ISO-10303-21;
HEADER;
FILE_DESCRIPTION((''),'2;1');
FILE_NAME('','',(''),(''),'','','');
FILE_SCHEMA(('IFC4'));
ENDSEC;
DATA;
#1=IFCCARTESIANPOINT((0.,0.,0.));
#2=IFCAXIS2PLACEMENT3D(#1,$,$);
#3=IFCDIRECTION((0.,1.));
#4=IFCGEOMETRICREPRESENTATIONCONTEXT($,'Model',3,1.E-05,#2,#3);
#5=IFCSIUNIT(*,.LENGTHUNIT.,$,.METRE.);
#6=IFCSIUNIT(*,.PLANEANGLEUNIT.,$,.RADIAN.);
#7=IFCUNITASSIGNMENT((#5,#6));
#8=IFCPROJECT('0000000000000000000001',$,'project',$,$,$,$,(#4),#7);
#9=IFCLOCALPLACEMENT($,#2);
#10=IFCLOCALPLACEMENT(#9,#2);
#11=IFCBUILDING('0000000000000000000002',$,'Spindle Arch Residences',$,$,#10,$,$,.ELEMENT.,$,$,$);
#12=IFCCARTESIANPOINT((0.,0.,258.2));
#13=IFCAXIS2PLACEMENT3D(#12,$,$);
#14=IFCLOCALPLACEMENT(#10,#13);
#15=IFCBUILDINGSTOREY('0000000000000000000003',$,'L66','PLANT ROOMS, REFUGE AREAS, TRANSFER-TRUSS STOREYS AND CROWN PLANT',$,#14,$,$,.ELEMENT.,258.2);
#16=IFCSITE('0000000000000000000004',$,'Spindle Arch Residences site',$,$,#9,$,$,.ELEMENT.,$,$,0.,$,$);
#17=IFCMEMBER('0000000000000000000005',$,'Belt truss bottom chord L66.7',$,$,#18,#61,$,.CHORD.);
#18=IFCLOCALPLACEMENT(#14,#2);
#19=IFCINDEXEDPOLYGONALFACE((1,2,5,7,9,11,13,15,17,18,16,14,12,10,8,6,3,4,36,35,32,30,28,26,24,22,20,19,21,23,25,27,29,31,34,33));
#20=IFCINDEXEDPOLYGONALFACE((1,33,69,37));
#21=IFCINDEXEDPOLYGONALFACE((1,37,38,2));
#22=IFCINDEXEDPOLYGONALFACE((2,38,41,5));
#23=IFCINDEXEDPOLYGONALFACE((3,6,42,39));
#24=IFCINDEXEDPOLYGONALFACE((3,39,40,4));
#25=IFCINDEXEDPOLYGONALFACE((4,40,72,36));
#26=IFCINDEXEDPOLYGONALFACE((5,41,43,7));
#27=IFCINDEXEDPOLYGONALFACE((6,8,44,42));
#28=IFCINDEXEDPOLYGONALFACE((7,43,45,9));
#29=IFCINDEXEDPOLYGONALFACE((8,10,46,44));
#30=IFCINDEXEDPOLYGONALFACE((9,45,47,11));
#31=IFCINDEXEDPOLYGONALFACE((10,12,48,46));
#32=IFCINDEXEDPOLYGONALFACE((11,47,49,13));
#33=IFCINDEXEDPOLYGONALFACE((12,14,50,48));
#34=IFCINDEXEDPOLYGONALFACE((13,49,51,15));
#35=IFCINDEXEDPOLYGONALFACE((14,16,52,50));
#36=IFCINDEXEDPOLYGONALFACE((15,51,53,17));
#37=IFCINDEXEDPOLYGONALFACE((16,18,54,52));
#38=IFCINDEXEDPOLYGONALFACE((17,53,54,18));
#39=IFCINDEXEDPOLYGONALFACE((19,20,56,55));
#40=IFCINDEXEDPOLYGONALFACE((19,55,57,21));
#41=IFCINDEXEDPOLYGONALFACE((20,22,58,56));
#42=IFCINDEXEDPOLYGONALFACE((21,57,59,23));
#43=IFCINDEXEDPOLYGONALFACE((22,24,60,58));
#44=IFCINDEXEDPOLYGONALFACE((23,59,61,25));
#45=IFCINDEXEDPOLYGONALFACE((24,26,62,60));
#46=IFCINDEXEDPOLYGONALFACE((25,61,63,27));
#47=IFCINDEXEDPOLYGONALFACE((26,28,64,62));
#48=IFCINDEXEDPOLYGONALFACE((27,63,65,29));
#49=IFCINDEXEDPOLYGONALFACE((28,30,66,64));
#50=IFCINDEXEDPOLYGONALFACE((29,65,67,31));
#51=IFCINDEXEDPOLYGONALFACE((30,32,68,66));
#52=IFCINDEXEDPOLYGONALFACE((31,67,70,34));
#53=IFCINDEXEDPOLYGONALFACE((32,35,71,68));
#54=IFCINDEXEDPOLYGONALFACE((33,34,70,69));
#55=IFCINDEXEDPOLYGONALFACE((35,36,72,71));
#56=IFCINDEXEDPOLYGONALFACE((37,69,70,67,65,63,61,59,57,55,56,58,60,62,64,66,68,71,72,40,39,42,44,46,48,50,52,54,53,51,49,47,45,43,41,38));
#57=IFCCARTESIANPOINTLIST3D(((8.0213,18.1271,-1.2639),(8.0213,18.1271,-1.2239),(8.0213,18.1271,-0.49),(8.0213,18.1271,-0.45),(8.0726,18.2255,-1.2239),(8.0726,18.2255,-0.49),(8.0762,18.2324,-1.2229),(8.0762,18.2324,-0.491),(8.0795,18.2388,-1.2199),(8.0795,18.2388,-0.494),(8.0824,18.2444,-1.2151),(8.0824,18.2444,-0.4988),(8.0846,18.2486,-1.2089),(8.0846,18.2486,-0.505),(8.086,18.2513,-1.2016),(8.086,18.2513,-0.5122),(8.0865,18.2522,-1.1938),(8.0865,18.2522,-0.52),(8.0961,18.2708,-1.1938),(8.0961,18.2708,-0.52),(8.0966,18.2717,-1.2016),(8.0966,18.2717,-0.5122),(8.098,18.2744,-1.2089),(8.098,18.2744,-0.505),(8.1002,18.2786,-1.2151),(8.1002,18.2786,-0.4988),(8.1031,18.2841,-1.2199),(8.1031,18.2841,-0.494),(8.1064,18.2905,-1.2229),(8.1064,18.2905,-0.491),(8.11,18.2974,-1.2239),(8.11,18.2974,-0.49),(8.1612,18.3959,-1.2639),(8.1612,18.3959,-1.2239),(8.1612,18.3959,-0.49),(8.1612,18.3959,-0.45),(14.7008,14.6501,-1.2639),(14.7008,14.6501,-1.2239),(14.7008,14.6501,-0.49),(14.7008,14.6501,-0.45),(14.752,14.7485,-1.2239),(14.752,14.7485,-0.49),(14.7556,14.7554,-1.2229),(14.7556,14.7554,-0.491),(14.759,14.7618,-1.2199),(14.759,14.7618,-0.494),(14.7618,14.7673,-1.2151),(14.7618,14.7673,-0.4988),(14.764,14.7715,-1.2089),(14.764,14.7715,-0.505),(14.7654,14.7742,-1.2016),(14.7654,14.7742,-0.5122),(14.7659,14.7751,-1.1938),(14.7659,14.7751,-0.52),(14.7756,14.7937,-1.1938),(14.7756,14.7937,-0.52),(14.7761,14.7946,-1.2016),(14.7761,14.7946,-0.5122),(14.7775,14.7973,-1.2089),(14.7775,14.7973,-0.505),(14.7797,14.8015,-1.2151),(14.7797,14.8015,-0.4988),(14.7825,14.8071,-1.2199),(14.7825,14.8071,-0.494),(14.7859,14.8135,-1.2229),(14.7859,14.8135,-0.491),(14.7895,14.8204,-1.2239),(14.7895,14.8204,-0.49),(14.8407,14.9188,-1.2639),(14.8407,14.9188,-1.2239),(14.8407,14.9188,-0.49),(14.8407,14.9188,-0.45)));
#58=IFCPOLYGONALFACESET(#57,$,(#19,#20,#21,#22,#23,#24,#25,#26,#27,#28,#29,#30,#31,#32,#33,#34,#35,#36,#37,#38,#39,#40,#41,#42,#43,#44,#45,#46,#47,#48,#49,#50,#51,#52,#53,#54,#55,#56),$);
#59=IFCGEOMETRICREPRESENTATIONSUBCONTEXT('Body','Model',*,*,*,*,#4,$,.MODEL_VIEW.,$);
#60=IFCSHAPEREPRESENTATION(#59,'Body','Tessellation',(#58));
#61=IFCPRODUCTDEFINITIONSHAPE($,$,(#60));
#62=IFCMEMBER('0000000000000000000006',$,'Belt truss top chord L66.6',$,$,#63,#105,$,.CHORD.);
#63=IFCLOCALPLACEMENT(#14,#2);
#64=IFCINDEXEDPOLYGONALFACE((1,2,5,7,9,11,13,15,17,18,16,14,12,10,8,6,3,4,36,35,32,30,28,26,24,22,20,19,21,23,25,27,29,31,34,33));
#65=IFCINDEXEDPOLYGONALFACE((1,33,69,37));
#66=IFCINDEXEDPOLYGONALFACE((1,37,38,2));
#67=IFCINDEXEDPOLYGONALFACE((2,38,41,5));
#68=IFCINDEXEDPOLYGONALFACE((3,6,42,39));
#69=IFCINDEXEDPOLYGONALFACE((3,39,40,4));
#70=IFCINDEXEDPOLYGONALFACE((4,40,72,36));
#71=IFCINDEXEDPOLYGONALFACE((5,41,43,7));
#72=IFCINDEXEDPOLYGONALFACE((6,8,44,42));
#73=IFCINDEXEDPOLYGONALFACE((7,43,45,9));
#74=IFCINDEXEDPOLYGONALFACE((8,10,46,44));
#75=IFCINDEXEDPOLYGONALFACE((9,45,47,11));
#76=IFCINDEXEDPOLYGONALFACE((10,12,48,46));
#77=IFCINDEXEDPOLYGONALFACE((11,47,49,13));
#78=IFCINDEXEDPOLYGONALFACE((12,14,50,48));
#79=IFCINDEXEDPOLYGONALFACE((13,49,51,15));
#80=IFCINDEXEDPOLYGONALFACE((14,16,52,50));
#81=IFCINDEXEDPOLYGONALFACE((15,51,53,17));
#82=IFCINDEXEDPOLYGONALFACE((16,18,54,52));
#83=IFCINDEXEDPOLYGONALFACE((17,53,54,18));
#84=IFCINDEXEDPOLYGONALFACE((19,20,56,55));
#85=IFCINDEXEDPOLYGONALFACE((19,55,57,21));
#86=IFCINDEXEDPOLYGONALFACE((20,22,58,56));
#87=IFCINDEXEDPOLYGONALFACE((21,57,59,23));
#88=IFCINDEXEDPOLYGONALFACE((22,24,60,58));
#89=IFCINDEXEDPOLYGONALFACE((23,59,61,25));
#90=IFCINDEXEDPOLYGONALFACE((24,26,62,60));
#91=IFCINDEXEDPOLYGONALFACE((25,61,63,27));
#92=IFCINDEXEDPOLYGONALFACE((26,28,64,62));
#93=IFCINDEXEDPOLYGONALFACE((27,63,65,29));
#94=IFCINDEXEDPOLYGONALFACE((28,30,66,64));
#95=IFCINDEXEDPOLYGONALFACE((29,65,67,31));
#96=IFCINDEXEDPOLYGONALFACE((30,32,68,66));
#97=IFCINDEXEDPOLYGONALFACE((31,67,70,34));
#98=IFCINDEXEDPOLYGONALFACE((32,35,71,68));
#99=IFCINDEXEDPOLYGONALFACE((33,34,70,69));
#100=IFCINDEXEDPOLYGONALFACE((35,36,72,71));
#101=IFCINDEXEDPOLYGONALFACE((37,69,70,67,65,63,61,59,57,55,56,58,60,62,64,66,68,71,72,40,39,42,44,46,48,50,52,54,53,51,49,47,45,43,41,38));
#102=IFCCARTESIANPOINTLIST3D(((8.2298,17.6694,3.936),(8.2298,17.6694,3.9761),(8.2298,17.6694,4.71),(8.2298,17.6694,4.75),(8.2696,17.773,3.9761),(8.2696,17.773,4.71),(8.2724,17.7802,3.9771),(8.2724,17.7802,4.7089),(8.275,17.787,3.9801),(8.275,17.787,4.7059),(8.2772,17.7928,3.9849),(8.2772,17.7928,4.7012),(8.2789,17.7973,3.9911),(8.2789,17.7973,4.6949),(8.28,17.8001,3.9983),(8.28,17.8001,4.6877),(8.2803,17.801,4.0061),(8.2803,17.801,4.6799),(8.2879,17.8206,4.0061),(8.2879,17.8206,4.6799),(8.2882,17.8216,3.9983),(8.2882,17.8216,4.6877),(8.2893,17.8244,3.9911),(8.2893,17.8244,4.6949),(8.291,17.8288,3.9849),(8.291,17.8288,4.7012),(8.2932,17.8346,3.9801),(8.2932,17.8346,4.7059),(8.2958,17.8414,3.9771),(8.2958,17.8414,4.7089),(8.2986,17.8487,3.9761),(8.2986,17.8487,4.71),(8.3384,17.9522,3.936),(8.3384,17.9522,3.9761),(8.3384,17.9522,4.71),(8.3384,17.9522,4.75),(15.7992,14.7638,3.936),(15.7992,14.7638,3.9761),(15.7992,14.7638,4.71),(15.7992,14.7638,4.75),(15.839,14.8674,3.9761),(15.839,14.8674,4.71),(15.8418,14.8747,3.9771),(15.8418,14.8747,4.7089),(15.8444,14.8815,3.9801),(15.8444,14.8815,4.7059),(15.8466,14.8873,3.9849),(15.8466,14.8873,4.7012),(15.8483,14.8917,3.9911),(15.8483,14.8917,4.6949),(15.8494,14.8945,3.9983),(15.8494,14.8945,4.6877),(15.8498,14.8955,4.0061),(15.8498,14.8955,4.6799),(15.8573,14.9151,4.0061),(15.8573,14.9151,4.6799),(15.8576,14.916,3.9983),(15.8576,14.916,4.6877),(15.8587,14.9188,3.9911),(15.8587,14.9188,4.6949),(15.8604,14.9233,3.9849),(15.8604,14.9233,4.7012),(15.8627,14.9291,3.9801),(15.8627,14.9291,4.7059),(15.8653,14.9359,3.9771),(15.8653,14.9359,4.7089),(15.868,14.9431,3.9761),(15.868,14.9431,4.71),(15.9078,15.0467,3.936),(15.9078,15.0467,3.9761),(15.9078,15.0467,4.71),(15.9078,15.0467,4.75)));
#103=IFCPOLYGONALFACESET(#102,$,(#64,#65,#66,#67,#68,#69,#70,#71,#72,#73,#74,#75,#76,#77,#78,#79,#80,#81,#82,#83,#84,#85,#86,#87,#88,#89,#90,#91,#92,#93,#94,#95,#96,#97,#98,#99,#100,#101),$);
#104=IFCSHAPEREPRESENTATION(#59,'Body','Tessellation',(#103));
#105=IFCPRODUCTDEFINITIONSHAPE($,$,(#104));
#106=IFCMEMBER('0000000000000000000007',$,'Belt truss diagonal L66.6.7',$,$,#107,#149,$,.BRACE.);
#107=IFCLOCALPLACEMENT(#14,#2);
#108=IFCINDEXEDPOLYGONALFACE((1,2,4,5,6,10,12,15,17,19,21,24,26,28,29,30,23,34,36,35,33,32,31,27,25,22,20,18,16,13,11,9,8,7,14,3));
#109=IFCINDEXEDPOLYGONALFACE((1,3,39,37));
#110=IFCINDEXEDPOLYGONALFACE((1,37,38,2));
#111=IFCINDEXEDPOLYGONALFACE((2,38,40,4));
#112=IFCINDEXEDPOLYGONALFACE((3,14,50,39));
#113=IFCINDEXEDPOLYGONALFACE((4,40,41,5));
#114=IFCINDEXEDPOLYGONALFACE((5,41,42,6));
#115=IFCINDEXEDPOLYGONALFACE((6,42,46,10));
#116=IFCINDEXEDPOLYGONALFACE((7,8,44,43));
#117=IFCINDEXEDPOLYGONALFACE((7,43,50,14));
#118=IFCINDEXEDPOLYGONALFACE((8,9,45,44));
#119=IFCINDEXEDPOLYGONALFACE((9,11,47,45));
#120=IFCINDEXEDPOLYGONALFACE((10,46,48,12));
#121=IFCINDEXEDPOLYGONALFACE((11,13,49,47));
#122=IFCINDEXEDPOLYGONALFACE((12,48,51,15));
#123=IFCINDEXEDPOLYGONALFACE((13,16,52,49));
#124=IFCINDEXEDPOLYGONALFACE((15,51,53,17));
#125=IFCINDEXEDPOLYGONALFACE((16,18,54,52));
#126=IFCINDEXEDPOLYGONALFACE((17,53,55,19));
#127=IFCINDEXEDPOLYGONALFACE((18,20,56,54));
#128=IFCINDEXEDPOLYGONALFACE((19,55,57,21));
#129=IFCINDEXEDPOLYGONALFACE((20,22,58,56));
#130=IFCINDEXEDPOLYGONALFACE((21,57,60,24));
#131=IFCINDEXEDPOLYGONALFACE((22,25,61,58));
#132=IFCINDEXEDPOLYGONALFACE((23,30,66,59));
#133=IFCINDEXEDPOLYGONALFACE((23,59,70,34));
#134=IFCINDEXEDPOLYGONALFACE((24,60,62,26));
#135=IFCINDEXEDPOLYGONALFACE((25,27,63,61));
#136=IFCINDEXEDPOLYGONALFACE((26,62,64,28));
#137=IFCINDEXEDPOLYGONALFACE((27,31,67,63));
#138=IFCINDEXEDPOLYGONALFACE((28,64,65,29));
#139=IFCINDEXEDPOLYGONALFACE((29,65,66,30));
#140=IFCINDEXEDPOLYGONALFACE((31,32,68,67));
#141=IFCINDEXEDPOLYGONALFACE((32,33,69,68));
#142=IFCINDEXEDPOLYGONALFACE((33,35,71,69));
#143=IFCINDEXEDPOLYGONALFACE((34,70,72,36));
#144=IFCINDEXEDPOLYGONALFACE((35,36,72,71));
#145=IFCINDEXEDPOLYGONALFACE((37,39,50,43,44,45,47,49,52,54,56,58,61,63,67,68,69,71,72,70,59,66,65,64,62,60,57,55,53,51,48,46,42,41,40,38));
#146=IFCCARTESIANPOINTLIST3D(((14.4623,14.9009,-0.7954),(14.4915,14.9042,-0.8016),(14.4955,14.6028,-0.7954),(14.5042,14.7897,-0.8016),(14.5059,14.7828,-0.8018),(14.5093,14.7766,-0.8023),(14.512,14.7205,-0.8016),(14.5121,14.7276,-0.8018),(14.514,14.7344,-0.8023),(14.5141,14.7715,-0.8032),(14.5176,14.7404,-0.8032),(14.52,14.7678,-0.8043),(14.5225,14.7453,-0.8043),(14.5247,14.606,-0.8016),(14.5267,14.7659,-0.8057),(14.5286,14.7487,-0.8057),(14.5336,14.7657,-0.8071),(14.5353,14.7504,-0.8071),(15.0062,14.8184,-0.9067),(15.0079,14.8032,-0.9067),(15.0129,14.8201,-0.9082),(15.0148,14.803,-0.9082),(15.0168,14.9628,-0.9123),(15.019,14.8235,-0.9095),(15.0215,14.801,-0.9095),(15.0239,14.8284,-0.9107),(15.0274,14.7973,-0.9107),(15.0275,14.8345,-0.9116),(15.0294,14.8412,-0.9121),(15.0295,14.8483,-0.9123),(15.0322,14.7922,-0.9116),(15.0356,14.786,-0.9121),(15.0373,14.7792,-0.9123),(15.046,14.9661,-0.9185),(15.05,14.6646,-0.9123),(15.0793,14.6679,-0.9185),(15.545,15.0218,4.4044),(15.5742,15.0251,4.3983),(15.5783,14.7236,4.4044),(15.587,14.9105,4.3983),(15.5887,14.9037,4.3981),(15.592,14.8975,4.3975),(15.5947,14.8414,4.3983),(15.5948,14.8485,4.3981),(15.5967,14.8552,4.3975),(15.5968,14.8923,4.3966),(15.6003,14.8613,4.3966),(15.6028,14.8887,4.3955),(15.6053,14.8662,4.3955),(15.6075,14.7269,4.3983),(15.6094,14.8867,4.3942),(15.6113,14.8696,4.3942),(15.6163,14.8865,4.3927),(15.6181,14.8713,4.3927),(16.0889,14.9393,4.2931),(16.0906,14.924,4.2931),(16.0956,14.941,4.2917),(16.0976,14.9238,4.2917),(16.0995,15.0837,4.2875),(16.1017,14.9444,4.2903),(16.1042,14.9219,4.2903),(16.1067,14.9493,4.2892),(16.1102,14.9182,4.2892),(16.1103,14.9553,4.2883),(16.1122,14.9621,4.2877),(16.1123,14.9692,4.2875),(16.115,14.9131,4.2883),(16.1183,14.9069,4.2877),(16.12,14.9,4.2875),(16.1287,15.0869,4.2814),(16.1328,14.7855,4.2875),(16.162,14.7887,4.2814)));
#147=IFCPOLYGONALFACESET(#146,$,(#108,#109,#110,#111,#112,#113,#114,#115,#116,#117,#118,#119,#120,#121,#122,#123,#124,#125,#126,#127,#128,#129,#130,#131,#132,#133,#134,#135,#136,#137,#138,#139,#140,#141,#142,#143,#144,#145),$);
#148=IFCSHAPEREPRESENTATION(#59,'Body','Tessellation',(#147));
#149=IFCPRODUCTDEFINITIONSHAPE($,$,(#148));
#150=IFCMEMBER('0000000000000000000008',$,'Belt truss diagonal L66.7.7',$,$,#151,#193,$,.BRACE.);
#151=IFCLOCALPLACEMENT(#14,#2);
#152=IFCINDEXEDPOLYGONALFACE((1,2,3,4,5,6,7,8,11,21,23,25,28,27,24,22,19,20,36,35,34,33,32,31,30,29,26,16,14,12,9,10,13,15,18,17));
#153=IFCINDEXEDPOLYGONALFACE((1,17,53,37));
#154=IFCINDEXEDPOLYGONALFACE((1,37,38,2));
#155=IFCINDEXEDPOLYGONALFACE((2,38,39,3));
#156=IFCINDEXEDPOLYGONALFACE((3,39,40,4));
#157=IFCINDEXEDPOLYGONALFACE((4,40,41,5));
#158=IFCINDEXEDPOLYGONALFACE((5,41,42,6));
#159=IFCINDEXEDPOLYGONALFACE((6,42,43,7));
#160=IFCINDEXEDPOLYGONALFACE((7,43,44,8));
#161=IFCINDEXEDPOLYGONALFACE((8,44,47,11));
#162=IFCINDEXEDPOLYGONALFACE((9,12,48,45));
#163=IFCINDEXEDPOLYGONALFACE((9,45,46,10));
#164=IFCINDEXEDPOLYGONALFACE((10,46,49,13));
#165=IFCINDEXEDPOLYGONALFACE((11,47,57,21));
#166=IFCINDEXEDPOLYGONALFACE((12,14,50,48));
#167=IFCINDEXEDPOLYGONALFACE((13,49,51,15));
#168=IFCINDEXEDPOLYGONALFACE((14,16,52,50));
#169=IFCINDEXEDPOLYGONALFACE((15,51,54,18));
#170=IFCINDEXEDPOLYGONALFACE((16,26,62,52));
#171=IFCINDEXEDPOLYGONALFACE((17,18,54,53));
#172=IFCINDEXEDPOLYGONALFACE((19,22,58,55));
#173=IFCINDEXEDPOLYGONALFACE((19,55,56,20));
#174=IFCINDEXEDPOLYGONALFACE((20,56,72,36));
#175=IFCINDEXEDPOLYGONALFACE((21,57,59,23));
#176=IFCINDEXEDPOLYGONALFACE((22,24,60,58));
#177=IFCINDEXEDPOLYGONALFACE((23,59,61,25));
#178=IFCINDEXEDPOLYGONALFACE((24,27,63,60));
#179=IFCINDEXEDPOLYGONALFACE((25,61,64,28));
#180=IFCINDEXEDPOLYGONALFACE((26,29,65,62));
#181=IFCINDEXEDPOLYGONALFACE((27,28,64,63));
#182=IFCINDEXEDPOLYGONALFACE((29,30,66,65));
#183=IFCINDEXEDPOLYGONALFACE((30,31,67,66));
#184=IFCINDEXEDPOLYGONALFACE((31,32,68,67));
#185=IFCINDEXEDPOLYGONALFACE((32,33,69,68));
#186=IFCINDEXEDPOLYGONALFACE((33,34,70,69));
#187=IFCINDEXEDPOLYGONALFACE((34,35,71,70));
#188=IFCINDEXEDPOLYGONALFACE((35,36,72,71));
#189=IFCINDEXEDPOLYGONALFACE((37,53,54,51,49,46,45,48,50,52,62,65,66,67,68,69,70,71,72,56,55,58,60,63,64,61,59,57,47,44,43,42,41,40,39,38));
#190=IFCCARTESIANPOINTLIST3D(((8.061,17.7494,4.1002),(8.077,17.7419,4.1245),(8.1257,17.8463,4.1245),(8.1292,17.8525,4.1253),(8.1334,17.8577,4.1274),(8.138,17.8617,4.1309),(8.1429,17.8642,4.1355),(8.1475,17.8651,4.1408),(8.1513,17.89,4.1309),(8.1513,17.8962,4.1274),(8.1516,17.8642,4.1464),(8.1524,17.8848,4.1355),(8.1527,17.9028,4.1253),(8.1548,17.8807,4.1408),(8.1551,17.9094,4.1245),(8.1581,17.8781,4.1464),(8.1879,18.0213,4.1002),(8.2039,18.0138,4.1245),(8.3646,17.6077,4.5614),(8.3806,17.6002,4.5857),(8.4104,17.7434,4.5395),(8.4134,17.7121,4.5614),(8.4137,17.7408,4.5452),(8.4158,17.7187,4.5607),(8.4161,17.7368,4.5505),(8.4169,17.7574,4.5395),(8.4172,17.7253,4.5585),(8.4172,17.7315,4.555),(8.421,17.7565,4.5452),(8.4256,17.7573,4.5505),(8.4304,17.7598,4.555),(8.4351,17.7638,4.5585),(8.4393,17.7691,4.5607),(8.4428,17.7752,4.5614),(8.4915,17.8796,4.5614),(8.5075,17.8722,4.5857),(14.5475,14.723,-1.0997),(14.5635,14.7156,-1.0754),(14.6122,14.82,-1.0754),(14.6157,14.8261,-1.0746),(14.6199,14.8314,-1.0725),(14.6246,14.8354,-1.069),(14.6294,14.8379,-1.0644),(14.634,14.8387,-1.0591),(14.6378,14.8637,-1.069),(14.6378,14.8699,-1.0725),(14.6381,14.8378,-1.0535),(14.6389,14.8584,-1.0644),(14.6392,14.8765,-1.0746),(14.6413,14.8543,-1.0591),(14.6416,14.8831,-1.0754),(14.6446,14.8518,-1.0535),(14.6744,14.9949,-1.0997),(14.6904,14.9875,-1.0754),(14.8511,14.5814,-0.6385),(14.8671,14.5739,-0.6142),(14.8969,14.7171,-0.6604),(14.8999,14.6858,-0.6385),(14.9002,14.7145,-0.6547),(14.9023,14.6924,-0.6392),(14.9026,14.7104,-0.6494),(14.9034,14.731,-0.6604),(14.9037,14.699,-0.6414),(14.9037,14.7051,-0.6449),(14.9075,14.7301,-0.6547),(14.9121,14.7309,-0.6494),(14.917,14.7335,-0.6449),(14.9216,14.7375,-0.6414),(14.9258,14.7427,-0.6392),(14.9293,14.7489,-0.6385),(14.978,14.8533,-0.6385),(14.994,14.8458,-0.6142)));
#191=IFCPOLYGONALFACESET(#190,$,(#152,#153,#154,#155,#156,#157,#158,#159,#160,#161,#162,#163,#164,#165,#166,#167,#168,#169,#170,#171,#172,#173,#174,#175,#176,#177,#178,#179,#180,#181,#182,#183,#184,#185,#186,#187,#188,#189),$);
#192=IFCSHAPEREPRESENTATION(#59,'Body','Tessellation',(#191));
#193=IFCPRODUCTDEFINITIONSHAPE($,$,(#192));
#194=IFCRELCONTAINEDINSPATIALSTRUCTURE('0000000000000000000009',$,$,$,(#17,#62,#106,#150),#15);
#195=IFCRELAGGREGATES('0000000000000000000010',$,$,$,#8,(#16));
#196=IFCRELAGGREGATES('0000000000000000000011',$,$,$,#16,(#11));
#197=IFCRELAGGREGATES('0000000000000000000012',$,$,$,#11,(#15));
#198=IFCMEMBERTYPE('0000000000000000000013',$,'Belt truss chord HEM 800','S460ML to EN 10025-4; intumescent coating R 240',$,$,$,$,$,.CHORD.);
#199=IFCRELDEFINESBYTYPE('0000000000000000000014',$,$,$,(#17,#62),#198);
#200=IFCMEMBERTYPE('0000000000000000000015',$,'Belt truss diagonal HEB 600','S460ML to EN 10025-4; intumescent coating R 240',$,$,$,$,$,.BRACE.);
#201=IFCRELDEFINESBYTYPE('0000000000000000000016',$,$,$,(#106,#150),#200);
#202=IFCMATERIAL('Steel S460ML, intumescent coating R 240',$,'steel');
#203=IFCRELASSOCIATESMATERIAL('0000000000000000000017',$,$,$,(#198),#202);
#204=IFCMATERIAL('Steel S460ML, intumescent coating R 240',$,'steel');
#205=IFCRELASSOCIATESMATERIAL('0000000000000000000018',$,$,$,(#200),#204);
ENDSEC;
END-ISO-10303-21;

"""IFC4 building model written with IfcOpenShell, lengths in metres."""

from ifc_helpers import new_model, si_unit, direction, frame, origin, origin_2d, place, context, subcontext, project, spatial, i_section, extrude, material, material_profile, profile_set, type_object, element, save


model = new_model("IFC4")

# Units and contexts
model_context = context("Model", 3, precision=1e-05, world=origin(), true_north=direction((0.0, 1.0)))
body_context = subcontext(model_context, "Body", "Model", "MODEL_VIEW")
ifc_project = project(units=[si_unit("LENGTHUNIT", "METRE"), si_unit("PLANEANGLEUNIT", "RADIAN")], contexts=[model_context])

# Site, building, storey
site_placement = place(None, origin())
site = spatial("IfcSite", under=ifc_project, at=site_placement, Name="Spindle Arch Residences site", CompositionType="ELEMENT", RefElevation=0.0)
building_placement = place(site_placement, origin())
building = spatial("IfcBuilding", under=site, at=building_placement, Name="Spindle Arch Residences", CompositionType="ELEMENT")
storey_placement = place(building_placement, frame((0.0, 0.0, 258.2)))
storey = spatial("IfcBuildingStorey", under=building, at=storey_placement, Name="L66", Description="PLANT ROOMS, REFUGE AREAS, TRANSFER-TRUSS STOREYS AND CROWN PLANT", CompositionType="ELEMENT", Elevation=258.2)

# Members
ifc_material_1 = material(Name="Steel S460ML, intumescent coating R 240", Category="steel")
ifc_material_profile_1 = material_profile(ifc_material_1, i_section(OverallWidth=0.303, OverallDepth=0.814, WebThickness=0.021, FlangeThickness=0.04, FilletRadius=0.03, at=origin_2d()), Name="HEM 800")
ifc_profile_set_1 = profile_set([ifc_material_profile_1], Name="Steel S460ML, intumescent coating R 240")
member_type_1 = type_object("IfcMemberType", Name="Belt truss chord HEM 800", Description="S460ML to EN 10025-4; intumescent coating R 240", PredefinedType="CHORD", material=ifc_profile_set_1)
member_1_placement = place(storey_placement, frame((14.7708, 14.7844, -0.8569), z_axis=(-0.887013, 0.461744, 0.0), x_axis=(-0.461744, -0.887013, 0.0)))
element("IfcMember", 1, at=member_1_placement, inside=storey, type_object=member_type_1, Name="Belt truss bottom chord L66.7", PredefinedType="CHORD", context=body_context, shape_type="SweptSolid", body=[
    extrude(i_section(OverallWidth=0.303, OverallDepth=0.814, WebThickness=0.021, FlangeThickness=0.04, FilletRadius=0.03, at=origin_2d()), origin(), (0.0, 0.0, 1.0), 7.5303),
])
member_2_placement = place(storey_placement, frame((15.8535, 14.9053, 4.343), z_axis=(-0.933584, 0.35836, 0.0), x_axis=(-0.35836, -0.933584, 0.0)))
element("IfcMember", 2, at=member_2_placement, inside=storey, type_object=member_type_1, Name="Belt truss top chord L66.6", PredefinedType="CHORD", context=body_context, shape_type="SweptSolid", body=[
    extrude(i_section(OverallWidth=0.303, OverallDepth=0.814, WebThickness=0.021, FlangeThickness=0.04, FilletRadius=0.03, at=origin_2d()), origin(), (0.0, 0.0, 1.0), 8.1079),
])
ifc_material_2 = material(Name="Steel S460ML, intumescent coating R 240", Category="steel")
ifc_material_profile_2 = material_profile(ifc_material_2, i_section(OverallWidth=0.3, OverallDepth=0.6001, WebThickness=0.0154, FlangeThickness=0.03, FilletRadius=0.0271, at=origin_2d()), Name="HEB 600")
ifc_profile_set_2 = profile_set([ifc_material_profile_2], Name="Steel S460ML, intumescent coating R 240")
member_type_2 = type_object("IfcMemberType", Name="Belt truss diagonal HEB 600", Description="S460ML to EN 10025-4; intumescent coating R 240", PredefinedType="BRACE", material=ifc_profile_set_2)
member_3_placement = place(storey_placement, frame((14.7708, 14.7844, -0.8569), z_axis=(0.203801, 0.022747, 0.978748), x_axis=(-0.110923, 0.993829, 0.0)))
element("IfcMember", 3, at=member_3_placement, inside=storey, type_object=member_type_2, Name="Belt truss diagonal L66.6.7", PredefinedType="BRACE", context=body_context, shape_type="SweptSolid", body=[
    extrude(i_section(OverallWidth=0.3, OverallDepth=0.6001, WebThickness=0.0154, FlangeThickness=0.03, FilletRadius=0.0271, at=origin_2d()), origin(), (0.0, 0.0, 1.0), 5.3127),
])
member_4_placement = place(storey_placement, frame((14.7708, 14.7844, -0.8569), z_axis=(-0.733173, 0.342068, 0.587747), x_axis=(-0.422805, -0.906221, 0.0)))
element("IfcMember", 4, at=member_4_placement, inside=storey, type_object=member_type_2, Name="Belt truss diagonal L66.7.7", PredefinedType="BRACE", context=body_context, shape_type="SweptSolid", body=[
    extrude(i_section(OverallWidth=0.3, OverallDepth=0.6001, WebThickness=0.0154, FlangeThickness=0.03, FilletRadius=0.0271, at=origin_2d()), origin(), (0.0, 0.0, 1.0), 8.8472),
])

save(model, "model.ifc")
